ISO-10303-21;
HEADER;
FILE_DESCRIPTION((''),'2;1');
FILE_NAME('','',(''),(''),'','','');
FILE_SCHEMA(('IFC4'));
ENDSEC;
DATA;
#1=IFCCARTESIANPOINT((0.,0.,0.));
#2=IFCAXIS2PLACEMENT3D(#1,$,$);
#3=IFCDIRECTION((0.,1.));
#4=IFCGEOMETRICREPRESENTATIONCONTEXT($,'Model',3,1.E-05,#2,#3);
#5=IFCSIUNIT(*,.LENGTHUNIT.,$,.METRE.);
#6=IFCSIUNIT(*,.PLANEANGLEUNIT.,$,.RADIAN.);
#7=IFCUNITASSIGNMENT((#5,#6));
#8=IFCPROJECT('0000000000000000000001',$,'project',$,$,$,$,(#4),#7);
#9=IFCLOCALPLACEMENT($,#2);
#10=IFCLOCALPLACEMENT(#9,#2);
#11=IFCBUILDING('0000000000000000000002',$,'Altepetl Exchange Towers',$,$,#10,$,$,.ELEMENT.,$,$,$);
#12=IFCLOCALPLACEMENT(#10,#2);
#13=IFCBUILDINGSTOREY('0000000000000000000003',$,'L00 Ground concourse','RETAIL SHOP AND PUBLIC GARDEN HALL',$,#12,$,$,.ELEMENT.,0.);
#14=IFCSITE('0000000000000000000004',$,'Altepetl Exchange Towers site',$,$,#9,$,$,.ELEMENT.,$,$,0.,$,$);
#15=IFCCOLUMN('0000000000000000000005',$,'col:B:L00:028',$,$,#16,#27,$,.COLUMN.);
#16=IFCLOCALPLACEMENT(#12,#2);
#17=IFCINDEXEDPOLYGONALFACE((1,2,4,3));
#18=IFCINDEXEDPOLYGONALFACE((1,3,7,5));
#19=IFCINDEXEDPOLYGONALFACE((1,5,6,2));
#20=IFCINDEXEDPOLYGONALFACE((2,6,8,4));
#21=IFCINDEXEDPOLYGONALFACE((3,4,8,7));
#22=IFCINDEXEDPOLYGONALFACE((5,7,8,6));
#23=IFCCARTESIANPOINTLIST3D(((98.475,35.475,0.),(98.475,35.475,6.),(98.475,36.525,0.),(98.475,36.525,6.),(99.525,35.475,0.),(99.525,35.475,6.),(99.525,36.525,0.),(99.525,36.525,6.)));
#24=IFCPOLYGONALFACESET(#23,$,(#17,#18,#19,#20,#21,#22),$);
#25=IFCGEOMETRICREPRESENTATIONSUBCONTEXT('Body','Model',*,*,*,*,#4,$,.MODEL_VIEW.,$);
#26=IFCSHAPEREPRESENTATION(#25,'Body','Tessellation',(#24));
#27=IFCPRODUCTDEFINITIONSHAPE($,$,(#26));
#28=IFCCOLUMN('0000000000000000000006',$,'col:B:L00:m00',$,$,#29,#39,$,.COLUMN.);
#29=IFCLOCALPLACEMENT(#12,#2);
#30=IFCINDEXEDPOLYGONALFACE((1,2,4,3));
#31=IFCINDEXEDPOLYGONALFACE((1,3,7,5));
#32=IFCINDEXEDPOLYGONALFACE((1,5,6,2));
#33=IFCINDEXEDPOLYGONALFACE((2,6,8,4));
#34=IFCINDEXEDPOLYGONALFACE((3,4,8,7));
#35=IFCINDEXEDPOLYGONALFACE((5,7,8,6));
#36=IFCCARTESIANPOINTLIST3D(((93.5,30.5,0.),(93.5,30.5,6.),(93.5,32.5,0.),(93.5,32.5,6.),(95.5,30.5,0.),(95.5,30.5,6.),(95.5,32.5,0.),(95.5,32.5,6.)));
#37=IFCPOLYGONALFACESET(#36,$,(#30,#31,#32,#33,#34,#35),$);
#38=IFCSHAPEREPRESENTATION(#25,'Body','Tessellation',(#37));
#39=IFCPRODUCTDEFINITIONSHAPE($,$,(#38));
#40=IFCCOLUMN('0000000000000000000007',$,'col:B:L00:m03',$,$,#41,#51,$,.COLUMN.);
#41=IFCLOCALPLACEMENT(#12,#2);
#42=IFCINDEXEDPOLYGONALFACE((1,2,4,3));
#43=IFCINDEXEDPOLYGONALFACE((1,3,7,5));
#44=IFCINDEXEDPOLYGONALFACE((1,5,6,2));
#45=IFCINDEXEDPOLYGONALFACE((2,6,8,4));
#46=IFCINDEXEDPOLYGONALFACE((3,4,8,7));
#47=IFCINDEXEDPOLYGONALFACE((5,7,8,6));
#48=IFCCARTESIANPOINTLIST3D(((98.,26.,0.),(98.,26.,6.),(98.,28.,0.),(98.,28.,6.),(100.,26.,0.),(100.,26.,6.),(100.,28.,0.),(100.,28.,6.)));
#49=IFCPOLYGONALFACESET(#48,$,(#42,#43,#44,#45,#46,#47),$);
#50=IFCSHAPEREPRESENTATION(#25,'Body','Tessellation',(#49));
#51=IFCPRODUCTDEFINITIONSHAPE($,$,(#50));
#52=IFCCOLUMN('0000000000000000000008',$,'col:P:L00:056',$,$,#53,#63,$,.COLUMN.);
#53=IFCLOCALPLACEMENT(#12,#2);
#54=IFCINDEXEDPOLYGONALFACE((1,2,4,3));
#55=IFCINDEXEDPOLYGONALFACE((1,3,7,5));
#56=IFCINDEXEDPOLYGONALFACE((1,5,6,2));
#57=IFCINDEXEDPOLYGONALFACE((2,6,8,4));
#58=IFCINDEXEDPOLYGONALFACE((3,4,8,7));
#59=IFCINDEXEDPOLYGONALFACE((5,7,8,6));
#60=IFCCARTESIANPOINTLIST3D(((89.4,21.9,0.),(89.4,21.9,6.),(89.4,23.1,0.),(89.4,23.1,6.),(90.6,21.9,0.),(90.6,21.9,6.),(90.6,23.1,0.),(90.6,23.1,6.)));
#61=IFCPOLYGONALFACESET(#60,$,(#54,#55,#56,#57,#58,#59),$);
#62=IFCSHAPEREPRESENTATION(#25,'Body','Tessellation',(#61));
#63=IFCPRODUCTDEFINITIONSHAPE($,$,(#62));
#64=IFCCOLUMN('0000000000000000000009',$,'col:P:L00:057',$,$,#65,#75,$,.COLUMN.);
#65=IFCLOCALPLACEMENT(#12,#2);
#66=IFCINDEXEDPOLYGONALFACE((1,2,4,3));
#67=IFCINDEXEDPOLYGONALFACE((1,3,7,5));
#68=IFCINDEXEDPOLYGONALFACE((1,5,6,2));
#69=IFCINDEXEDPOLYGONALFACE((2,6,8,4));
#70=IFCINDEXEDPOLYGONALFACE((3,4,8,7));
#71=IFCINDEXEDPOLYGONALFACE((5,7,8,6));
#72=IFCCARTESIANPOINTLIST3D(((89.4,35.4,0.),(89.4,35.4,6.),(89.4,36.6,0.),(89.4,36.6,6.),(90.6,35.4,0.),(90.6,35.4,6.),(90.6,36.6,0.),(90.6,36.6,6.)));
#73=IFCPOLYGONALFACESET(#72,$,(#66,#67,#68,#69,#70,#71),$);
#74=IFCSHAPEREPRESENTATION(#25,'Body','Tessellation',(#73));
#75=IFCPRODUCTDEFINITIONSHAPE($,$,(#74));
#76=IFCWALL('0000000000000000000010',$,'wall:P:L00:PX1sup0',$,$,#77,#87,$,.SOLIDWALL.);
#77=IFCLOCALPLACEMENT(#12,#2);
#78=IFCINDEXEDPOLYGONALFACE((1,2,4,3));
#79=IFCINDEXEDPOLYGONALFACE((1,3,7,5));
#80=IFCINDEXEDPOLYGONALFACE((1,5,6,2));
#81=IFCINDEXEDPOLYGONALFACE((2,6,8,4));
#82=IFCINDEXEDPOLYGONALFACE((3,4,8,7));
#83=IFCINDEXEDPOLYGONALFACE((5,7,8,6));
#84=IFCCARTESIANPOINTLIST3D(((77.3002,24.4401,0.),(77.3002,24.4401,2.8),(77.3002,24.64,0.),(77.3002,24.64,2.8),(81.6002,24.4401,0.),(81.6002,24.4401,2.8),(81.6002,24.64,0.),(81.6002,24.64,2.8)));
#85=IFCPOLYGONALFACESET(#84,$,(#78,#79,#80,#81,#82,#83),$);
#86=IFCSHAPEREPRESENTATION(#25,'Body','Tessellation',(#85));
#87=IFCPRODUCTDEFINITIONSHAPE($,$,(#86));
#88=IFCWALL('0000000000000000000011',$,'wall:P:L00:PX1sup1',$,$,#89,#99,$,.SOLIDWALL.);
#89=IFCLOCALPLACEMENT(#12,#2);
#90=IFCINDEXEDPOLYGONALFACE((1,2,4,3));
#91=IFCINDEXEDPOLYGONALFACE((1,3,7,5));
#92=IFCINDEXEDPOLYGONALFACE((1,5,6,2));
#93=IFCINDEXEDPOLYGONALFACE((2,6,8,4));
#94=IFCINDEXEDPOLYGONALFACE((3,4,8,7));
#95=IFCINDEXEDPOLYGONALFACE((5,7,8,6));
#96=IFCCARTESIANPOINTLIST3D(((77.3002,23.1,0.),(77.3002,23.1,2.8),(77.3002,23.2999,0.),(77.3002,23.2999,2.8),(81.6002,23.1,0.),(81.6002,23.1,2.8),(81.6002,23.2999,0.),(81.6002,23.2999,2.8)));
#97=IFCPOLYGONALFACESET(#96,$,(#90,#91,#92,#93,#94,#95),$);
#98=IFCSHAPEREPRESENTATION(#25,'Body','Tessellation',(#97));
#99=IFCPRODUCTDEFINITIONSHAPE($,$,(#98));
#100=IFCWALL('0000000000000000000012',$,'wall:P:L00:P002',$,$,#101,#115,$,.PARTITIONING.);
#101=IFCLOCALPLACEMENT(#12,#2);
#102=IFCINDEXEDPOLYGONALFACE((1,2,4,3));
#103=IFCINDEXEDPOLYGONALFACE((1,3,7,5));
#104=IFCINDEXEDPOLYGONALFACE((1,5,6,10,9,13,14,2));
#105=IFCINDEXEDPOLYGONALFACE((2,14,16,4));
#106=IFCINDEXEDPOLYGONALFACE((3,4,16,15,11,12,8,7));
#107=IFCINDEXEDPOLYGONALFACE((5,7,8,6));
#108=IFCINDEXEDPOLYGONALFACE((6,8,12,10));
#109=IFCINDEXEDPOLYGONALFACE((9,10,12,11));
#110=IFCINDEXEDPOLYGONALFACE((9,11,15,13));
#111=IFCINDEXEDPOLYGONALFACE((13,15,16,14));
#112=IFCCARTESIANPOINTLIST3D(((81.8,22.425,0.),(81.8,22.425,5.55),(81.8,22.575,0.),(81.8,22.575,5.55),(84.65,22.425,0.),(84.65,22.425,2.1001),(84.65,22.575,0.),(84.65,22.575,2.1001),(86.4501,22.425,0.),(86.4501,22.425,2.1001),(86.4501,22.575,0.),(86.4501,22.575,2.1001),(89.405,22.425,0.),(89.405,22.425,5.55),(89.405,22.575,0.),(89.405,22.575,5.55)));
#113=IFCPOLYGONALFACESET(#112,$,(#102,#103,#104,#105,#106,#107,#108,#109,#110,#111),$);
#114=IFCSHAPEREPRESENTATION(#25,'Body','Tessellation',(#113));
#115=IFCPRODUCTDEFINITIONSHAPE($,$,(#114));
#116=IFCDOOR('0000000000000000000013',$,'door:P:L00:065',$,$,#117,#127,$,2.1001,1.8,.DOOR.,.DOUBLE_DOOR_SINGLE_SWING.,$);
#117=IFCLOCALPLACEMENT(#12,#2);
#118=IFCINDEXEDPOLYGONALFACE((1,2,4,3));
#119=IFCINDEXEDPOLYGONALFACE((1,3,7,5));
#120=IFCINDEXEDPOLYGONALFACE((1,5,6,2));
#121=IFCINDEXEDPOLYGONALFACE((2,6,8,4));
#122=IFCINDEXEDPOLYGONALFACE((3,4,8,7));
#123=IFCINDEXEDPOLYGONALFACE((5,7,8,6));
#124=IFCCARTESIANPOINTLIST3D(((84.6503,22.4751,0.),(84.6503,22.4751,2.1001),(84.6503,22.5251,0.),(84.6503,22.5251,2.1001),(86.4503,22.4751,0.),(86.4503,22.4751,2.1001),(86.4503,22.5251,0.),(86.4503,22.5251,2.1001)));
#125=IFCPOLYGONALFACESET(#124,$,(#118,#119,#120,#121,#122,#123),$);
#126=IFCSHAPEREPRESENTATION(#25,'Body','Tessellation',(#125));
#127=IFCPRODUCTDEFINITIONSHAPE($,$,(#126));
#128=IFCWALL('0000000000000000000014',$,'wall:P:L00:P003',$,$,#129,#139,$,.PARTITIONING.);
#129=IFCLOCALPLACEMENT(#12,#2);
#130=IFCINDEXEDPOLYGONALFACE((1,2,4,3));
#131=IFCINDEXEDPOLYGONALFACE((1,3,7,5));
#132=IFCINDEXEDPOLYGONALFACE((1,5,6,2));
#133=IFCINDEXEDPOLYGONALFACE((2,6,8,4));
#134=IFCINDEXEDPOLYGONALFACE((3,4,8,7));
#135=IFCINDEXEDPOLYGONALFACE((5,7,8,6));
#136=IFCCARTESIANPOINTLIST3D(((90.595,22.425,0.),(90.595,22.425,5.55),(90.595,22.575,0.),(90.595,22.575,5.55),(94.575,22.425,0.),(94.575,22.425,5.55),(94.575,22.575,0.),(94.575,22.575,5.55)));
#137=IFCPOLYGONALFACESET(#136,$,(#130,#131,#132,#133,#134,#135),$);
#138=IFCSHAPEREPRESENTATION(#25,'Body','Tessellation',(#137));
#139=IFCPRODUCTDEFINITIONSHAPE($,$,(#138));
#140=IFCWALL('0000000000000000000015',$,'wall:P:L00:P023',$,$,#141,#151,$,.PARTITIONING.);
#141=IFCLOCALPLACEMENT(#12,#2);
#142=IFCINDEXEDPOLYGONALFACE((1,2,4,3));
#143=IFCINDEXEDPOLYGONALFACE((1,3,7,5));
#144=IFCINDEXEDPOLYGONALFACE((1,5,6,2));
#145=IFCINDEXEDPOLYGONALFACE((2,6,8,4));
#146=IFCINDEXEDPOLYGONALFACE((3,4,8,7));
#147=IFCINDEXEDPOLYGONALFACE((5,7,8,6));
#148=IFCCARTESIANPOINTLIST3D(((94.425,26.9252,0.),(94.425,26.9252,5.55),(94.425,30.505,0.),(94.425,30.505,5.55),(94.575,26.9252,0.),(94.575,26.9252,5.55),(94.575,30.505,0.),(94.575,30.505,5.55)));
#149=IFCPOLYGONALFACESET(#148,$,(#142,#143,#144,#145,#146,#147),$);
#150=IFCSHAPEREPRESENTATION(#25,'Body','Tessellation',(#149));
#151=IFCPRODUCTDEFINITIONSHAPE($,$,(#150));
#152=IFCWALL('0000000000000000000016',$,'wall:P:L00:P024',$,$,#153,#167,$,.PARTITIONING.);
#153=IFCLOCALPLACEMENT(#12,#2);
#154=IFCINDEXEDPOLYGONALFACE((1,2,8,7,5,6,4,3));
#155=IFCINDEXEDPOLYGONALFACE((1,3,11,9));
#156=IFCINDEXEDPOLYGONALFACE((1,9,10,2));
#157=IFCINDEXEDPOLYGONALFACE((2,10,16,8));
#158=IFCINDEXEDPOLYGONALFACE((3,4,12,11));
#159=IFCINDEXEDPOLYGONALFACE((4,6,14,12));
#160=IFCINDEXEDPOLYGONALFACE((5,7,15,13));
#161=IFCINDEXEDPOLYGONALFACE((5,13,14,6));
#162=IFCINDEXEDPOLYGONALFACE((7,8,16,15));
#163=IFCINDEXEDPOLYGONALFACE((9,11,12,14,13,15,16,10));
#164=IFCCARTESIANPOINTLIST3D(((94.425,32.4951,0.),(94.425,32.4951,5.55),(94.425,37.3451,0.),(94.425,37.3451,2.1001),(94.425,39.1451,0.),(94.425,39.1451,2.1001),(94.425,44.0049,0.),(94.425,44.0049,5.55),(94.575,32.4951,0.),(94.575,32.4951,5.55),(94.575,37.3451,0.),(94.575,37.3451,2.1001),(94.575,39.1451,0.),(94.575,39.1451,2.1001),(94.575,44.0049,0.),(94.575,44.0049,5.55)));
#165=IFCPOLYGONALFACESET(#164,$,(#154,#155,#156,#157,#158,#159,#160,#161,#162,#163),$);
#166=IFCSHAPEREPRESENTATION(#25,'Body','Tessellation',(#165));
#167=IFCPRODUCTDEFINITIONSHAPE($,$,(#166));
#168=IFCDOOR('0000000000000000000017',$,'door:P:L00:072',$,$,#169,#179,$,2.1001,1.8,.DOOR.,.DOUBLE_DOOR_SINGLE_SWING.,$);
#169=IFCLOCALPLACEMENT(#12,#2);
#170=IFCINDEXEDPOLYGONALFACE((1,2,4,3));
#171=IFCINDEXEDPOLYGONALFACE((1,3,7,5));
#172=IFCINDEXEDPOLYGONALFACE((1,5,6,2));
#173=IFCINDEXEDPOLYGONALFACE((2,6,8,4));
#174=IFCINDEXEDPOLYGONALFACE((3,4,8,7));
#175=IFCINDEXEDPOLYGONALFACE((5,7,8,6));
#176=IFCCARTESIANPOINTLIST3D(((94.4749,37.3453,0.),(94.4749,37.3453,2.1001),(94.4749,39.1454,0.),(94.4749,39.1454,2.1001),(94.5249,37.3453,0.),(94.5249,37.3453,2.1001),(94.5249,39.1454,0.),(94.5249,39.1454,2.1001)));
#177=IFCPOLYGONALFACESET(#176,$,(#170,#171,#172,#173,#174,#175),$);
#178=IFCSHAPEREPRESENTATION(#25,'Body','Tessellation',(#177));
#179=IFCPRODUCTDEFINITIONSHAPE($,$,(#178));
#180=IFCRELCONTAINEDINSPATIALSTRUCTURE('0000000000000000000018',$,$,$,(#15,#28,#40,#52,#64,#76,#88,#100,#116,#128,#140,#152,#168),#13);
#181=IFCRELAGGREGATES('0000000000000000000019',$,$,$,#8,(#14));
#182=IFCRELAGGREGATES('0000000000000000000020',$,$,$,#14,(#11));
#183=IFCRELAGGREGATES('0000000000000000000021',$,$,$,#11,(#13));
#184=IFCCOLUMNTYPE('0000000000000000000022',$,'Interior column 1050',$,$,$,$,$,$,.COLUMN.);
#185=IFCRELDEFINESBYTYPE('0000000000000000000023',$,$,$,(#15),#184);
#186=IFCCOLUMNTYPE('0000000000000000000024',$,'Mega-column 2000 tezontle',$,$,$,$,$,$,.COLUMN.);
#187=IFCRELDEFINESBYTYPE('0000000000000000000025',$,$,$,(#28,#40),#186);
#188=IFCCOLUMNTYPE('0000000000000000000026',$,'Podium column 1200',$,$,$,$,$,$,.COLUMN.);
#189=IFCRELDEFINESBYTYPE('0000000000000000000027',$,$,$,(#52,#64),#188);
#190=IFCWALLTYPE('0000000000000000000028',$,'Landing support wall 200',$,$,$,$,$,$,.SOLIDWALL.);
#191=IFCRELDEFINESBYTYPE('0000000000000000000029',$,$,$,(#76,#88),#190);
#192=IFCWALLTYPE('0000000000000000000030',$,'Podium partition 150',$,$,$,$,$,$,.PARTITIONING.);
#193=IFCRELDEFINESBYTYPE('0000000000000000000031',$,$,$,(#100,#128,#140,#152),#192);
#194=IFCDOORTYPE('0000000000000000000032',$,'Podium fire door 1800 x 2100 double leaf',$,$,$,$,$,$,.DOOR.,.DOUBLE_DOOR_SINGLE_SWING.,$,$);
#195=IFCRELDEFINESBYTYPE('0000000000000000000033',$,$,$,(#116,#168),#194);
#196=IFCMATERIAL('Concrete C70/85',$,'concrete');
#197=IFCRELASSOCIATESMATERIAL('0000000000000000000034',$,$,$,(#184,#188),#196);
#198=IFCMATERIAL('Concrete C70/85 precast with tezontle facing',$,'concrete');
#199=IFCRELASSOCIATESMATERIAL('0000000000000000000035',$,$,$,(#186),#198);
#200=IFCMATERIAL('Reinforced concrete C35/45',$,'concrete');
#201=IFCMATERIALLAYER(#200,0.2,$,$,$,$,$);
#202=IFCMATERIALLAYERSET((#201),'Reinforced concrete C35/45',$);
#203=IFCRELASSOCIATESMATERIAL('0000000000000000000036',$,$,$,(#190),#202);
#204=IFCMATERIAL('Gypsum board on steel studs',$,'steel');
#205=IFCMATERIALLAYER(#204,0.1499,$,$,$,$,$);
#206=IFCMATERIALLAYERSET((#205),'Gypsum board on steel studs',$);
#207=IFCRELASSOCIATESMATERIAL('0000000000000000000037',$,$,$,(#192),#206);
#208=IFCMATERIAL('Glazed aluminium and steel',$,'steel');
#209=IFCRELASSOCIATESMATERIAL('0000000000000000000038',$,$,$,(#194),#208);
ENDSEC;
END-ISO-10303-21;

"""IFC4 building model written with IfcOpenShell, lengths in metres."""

from ifc_helpers import new_model, si_unit, direction, frame, frame_2d, origin, origin_2d, place, context, subcontext, project, spatial, rectangle, extrude, material, layer, layer_set, material_profile, profile_set, type_object, element, fill, save


model = new_model("IFC4")

# Units and contexts
model_context = context("Model", 3, precision=1e-05, world=origin(), true_north=direction((0.0, 1.0)))
body_context = subcontext(model_context, "Body", "Model", "MODEL_VIEW")
ifc_project = project(units=[si_unit("LENGTHUNIT", "METRE"), si_unit("PLANEANGLEUNIT", "RADIAN")], contexts=[model_context])

# Site, building, storey
site_placement = place(None, origin())
site = spatial("IfcSite", under=ifc_project, at=site_placement, Name="Altepetl Exchange Towers site", CompositionType="ELEMENT", RefElevation=0.0)
building_placement = place(site_placement, origin())
building = spatial("IfcBuilding", under=site, at=building_placement, Name="Altepetl Exchange Towers", CompositionType="ELEMENT")
storey_placement = place(building_placement, origin())
storey = spatial("IfcBuildingStorey", under=building, at=storey_placement, Name="L00 Ground concourse", Description="RETAIL SHOP AND PUBLIC GARDEN HALL", CompositionType="ELEMENT", Elevation=0.0)

# Columns
ifc_material_1 = material(Name="Concrete C70/85", Category="concrete")
ifc_material_profile_1 = material_profile(ifc_material_1, rectangle(XDim=1.05, YDim=1.05, at=origin_2d()), Name="1050 x 1050")
ifc_profile_set_1 = profile_set([ifc_material_profile_1], Name="Concrete C70/85")
column_type_1 = type_object("IfcColumnType", Name="Interior column 1050", PredefinedType="COLUMN", material=ifc_profile_set_1)
column_placement = place(storey_placement, frame((99.0, 36.0, 0.0)))
element("IfcColumn", 1, at=column_placement, inside=storey, type_object=column_type_1, Name="col:B:L00:028", PredefinedType="COLUMN", context=body_context, shape_type="SweptSolid", body=[
    extrude(rectangle(XDim=1.05, YDim=1.05, at=origin_2d()), origin(), (0.0, 0.0, 1.0), 6.0),
])
ifc_material_2 = material(Name="Concrete C70/85 precast with tezontle facing", Category="concrete")
ifc_material_profile_2 = material_profile(ifc_material_2, rectangle(XDim=2.0, YDim=2.0, at=origin_2d()), Name="2000 x 2000")
ifc_profile_set_2 = profile_set([ifc_material_profile_2], Name="Concrete C70/85 precast with tezontle facing")
column_type_2 = type_object("IfcColumnType", Name="Mega-column 2000 tezontle", PredefinedType="COLUMN", material=ifc_profile_set_2)
for number, where, name in (
    (2, (94.5, 31.5, 0.0), "col:B:L00:m00"),
    (3, (99.0, 27.0, 0.0), "col:B:L00:m03"),
):
    element("IfcColumn", number, at=place(storey_placement, frame(where)), inside=storey, type_object=column_type_2, Name=name, PredefinedType="COLUMN", context=body_context, shape_type="SweptSolid", body=[
        extrude(rectangle(XDim=2.0, YDim=2.0, at=origin_2d()), origin(), (0.0, 0.0, 1.0), 6.0),
    ])
ifc_material_profile_3 = material_profile(ifc_material_1, rectangle(XDim=1.2, YDim=1.2, at=origin_2d()), Name="1200 x 1200")
ifc_profile_set_3 = profile_set([ifc_material_profile_3], Name="Concrete C70/85")
column_type_3 = type_object("IfcColumnType", Name="Podium column 1200", PredefinedType="COLUMN", material=ifc_profile_set_3)
for number, where, name in (
    (4, (90.0, 22.5, 0.0), "col:P:L00:056"),
    (5, (90.0, 36.0, 0.0), "col:P:L00:057"),
):
    element("IfcColumn", number, at=place(storey_placement, frame(where)), inside=storey, type_object=column_type_3, Name=name, PredefinedType="COLUMN", context=body_context, shape_type="SweptSolid", body=[
        extrude(rectangle(XDim=1.2, YDim=1.2, at=origin_2d()), origin(), (0.0, 0.0, 1.0), 6.0),
    ])

# Walls
ifc_material_3 = material(Name="Reinforced concrete C35/45", Category="concrete")
ifc_layer_1 = layer(ifc_material_3, 0.2)
ifc_layer_set_1 = layer_set([ifc_layer_1], Name="Reinforced concrete C35/45")
wall_type_1 = type_object("IfcWallType", Name="Landing support wall 200", PredefinedType="SOLIDWALL", material=ifc_layer_set_1)
for number, where, z_axis, x_axis, name in (
    (6, (81.6001, 24.54, 0.0), (0.0, 0.0, 1.0), (-1.0, 0.0, 0.0), "wall:P:L00:PX1sup0"),
    (7, (81.6001, 23.2, 0.0), (0.0, 0.0, 1.0), (-1.0, 0.0, 0.0), "wall:P:L00:PX1sup1"),
):
    element("IfcWall", number, at=place(storey_placement, frame(where, z_axis=z_axis, x_axis=x_axis)), inside=storey, type_object=wall_type_1, Name=name, PredefinedType="SOLIDWALL", context=body_context, shape_type="SweptSolid", body=[
        extrude(rectangle(XDim=4.3, YDim=0.2, at=frame_2d((2.1499, 0.0))), origin(), (0.0, 0.0, 1.0), 2.8),
    ])

# Wall, opening, door
ifc_material_4 = material(Name="Gypsum board on steel studs", Category="steel")
ifc_layer_2 = layer(ifc_material_4, 0.1499)
ifc_layer_set_2 = layer_set([ifc_layer_2], Name="Gypsum board on steel studs")
wall_type_2 = type_object("IfcWallType", Name="Podium partition 150", PredefinedType="PARTITIONING", material=ifc_layer_set_2)
wall_1_placement = place(storey_placement, frame((81.8, 22.5, 0.0)))
wall_1 = element("IfcWall", 8, at=wall_1_placement, inside=storey, type_object=wall_type_2, Name="wall:P:L00:P002", PredefinedType="PARTITIONING", context=body_context, shape_type="SweptSolid", body=[
    extrude(rectangle(XDim=7.605, YDim=0.1499, at=frame_2d((3.8025, 0.0))), origin(), (0.0, 0.0, 1.0), 5.55),
])
opening_1_placement = place(wall_1_placement, frame((2.8501, 0.0, 0.0)))
opening_1 = element("IfcOpeningElement", 9, at=opening_1_placement, cuts=wall_1, PredefinedType="OPENING", context=body_context, shape_type="SweptSolid", body=[
    extrude(rectangle(XDim=1.8, YDim=2.1001, at=frame_2d((0.8999, 1.05))), frame((0.0, 0.085, 0.0), z_axis=(0.0, -1.0, 0.0), x_axis=(1.0, 0.0, 0.0)), (0.0, 0.0, 1.0), 0.1699),
])
ifc_material_5 = material(Name="Glazed aluminium and steel", Category="steel")
door_type_1 = type_object("IfcDoorType", Name="Podium fire door 1800 x 2100 double leaf", OperationType="DOUBLE_DOOR_SINGLE_SWING", PredefinedType="DOOR", material=ifc_material_5)
door_1_placement = place(opening_1_placement, frame((1.8, 0.0, 0.0), x_axis=(-1.0, 0.0, 0.0)))
door_1 = element("IfcDoor", 10, at=door_1_placement, inside=storey, type_object=door_type_1, Name="door:P:L00:065", OperationType="DOUBLE_DOOR_SINGLE_SWING", OverallHeight=2.1001, OverallWidth=1.8, PredefinedType="DOOR", context=body_context, shape_type="SweptSolid", body=[
    extrude(rectangle(XDim=1.8, YDim=2.1001, at=frame_2d((0.8999, 1.05))), frame((0.0, 0.0249, 0.0), z_axis=(0.0, -1.0, 0.0), x_axis=(1.0, 0.0, 0.0)), (0.0, 0.0, 1.0), 0.05),
])
fill(opening_1, door_1)

# Walls
wall_2_placement = place(storey_placement, frame((90.595, 22.5, 0.0)))
element("IfcWall", 11, at=wall_2_placement, inside=storey, type_object=wall_type_2, Name="wall:P:L00:P003", PredefinedType="PARTITIONING", context=body_context, shape_type="SweptSolid", body=[
    extrude(rectangle(XDim=3.98, YDim=0.1499, at=frame_2d((1.99, 0.0))), origin(), (0.0, 0.0, 1.0), 5.55),
])
wall_3_placement = place(storey_placement, frame((94.5, 26.925, 0.0), z_axis=(0.0, 0.0, 1.0), x_axis=(0.0, 1.0, 0.0)))
element("IfcWall", 12, at=wall_3_placement, inside=storey, type_object=wall_type_2, Name="wall:P:L00:P023", PredefinedType="PARTITIONING", context=body_context, shape_type="SweptSolid", body=[
    extrude(rectangle(XDim=3.5798, YDim=0.1499, at=frame_2d((1.79, 0.0))), origin(), (0.0, 0.0, 1.0), 5.55),
])

# Wall, opening, door
wall_4_placement = place(storey_placement, frame((94.5, 32.4951, 0.0), z_axis=(0.0, 0.0, 1.0), x_axis=(0.0, 1.0, 0.0)))
wall_4 = element("IfcWall", 13, at=wall_4_placement, inside=storey, type_object=wall_type_2, Name="wall:P:L00:P024", PredefinedType="PARTITIONING", context=body_context, shape_type="SweptSolid", body=[
    extrude(rectangle(XDim=11.5098, YDim=0.1499, at=frame_2d((5.7549, 0.0))), origin(), (0.0, 0.0, 1.0), 5.55),
])
opening_2_placement = place(wall_4_placement, frame((4.8501, 0.0, 0.0)))
opening_2 = element("IfcOpeningElement", 14, at=opening_2_placement, cuts=wall_4, PredefinedType="OPENING", context=body_context, shape_type="SweptSolid", body=[
    extrude(rectangle(XDim=1.8, YDim=2.1001, at=frame_2d((0.8999, 1.05))), frame((0.0, 0.085, 0.0), z_axis=(0.0, -1.0, 0.0), x_axis=(1.0, 0.0, 0.0)), (0.0, 0.0, 1.0), 0.1699),
])
door_2_placement = place(opening_2_placement, frame((1.8, 0.0, 0.0), x_axis=(-1.0, 0.0, 0.0)))
door_2 = element("IfcDoor", 15, at=door_2_placement, inside=storey, type_object=door_type_1, Name="door:P:L00:072", OperationType="DOUBLE_DOOR_SINGLE_SWING", OverallHeight=2.1001, OverallWidth=1.8, PredefinedType="DOOR", context=body_context, shape_type="SweptSolid", body=[
    extrude(rectangle(XDim=1.8, YDim=2.1001, at=frame_2d((0.8999, 1.05))), frame((0.0, 0.0249, 0.0), z_axis=(0.0, -1.0, 0.0), x_axis=(1.0, 0.0, 0.0)), (0.0, 0.0, 1.0), 0.05),
])
fill(opening_2, door_2)

save(model, "model.ifc")
